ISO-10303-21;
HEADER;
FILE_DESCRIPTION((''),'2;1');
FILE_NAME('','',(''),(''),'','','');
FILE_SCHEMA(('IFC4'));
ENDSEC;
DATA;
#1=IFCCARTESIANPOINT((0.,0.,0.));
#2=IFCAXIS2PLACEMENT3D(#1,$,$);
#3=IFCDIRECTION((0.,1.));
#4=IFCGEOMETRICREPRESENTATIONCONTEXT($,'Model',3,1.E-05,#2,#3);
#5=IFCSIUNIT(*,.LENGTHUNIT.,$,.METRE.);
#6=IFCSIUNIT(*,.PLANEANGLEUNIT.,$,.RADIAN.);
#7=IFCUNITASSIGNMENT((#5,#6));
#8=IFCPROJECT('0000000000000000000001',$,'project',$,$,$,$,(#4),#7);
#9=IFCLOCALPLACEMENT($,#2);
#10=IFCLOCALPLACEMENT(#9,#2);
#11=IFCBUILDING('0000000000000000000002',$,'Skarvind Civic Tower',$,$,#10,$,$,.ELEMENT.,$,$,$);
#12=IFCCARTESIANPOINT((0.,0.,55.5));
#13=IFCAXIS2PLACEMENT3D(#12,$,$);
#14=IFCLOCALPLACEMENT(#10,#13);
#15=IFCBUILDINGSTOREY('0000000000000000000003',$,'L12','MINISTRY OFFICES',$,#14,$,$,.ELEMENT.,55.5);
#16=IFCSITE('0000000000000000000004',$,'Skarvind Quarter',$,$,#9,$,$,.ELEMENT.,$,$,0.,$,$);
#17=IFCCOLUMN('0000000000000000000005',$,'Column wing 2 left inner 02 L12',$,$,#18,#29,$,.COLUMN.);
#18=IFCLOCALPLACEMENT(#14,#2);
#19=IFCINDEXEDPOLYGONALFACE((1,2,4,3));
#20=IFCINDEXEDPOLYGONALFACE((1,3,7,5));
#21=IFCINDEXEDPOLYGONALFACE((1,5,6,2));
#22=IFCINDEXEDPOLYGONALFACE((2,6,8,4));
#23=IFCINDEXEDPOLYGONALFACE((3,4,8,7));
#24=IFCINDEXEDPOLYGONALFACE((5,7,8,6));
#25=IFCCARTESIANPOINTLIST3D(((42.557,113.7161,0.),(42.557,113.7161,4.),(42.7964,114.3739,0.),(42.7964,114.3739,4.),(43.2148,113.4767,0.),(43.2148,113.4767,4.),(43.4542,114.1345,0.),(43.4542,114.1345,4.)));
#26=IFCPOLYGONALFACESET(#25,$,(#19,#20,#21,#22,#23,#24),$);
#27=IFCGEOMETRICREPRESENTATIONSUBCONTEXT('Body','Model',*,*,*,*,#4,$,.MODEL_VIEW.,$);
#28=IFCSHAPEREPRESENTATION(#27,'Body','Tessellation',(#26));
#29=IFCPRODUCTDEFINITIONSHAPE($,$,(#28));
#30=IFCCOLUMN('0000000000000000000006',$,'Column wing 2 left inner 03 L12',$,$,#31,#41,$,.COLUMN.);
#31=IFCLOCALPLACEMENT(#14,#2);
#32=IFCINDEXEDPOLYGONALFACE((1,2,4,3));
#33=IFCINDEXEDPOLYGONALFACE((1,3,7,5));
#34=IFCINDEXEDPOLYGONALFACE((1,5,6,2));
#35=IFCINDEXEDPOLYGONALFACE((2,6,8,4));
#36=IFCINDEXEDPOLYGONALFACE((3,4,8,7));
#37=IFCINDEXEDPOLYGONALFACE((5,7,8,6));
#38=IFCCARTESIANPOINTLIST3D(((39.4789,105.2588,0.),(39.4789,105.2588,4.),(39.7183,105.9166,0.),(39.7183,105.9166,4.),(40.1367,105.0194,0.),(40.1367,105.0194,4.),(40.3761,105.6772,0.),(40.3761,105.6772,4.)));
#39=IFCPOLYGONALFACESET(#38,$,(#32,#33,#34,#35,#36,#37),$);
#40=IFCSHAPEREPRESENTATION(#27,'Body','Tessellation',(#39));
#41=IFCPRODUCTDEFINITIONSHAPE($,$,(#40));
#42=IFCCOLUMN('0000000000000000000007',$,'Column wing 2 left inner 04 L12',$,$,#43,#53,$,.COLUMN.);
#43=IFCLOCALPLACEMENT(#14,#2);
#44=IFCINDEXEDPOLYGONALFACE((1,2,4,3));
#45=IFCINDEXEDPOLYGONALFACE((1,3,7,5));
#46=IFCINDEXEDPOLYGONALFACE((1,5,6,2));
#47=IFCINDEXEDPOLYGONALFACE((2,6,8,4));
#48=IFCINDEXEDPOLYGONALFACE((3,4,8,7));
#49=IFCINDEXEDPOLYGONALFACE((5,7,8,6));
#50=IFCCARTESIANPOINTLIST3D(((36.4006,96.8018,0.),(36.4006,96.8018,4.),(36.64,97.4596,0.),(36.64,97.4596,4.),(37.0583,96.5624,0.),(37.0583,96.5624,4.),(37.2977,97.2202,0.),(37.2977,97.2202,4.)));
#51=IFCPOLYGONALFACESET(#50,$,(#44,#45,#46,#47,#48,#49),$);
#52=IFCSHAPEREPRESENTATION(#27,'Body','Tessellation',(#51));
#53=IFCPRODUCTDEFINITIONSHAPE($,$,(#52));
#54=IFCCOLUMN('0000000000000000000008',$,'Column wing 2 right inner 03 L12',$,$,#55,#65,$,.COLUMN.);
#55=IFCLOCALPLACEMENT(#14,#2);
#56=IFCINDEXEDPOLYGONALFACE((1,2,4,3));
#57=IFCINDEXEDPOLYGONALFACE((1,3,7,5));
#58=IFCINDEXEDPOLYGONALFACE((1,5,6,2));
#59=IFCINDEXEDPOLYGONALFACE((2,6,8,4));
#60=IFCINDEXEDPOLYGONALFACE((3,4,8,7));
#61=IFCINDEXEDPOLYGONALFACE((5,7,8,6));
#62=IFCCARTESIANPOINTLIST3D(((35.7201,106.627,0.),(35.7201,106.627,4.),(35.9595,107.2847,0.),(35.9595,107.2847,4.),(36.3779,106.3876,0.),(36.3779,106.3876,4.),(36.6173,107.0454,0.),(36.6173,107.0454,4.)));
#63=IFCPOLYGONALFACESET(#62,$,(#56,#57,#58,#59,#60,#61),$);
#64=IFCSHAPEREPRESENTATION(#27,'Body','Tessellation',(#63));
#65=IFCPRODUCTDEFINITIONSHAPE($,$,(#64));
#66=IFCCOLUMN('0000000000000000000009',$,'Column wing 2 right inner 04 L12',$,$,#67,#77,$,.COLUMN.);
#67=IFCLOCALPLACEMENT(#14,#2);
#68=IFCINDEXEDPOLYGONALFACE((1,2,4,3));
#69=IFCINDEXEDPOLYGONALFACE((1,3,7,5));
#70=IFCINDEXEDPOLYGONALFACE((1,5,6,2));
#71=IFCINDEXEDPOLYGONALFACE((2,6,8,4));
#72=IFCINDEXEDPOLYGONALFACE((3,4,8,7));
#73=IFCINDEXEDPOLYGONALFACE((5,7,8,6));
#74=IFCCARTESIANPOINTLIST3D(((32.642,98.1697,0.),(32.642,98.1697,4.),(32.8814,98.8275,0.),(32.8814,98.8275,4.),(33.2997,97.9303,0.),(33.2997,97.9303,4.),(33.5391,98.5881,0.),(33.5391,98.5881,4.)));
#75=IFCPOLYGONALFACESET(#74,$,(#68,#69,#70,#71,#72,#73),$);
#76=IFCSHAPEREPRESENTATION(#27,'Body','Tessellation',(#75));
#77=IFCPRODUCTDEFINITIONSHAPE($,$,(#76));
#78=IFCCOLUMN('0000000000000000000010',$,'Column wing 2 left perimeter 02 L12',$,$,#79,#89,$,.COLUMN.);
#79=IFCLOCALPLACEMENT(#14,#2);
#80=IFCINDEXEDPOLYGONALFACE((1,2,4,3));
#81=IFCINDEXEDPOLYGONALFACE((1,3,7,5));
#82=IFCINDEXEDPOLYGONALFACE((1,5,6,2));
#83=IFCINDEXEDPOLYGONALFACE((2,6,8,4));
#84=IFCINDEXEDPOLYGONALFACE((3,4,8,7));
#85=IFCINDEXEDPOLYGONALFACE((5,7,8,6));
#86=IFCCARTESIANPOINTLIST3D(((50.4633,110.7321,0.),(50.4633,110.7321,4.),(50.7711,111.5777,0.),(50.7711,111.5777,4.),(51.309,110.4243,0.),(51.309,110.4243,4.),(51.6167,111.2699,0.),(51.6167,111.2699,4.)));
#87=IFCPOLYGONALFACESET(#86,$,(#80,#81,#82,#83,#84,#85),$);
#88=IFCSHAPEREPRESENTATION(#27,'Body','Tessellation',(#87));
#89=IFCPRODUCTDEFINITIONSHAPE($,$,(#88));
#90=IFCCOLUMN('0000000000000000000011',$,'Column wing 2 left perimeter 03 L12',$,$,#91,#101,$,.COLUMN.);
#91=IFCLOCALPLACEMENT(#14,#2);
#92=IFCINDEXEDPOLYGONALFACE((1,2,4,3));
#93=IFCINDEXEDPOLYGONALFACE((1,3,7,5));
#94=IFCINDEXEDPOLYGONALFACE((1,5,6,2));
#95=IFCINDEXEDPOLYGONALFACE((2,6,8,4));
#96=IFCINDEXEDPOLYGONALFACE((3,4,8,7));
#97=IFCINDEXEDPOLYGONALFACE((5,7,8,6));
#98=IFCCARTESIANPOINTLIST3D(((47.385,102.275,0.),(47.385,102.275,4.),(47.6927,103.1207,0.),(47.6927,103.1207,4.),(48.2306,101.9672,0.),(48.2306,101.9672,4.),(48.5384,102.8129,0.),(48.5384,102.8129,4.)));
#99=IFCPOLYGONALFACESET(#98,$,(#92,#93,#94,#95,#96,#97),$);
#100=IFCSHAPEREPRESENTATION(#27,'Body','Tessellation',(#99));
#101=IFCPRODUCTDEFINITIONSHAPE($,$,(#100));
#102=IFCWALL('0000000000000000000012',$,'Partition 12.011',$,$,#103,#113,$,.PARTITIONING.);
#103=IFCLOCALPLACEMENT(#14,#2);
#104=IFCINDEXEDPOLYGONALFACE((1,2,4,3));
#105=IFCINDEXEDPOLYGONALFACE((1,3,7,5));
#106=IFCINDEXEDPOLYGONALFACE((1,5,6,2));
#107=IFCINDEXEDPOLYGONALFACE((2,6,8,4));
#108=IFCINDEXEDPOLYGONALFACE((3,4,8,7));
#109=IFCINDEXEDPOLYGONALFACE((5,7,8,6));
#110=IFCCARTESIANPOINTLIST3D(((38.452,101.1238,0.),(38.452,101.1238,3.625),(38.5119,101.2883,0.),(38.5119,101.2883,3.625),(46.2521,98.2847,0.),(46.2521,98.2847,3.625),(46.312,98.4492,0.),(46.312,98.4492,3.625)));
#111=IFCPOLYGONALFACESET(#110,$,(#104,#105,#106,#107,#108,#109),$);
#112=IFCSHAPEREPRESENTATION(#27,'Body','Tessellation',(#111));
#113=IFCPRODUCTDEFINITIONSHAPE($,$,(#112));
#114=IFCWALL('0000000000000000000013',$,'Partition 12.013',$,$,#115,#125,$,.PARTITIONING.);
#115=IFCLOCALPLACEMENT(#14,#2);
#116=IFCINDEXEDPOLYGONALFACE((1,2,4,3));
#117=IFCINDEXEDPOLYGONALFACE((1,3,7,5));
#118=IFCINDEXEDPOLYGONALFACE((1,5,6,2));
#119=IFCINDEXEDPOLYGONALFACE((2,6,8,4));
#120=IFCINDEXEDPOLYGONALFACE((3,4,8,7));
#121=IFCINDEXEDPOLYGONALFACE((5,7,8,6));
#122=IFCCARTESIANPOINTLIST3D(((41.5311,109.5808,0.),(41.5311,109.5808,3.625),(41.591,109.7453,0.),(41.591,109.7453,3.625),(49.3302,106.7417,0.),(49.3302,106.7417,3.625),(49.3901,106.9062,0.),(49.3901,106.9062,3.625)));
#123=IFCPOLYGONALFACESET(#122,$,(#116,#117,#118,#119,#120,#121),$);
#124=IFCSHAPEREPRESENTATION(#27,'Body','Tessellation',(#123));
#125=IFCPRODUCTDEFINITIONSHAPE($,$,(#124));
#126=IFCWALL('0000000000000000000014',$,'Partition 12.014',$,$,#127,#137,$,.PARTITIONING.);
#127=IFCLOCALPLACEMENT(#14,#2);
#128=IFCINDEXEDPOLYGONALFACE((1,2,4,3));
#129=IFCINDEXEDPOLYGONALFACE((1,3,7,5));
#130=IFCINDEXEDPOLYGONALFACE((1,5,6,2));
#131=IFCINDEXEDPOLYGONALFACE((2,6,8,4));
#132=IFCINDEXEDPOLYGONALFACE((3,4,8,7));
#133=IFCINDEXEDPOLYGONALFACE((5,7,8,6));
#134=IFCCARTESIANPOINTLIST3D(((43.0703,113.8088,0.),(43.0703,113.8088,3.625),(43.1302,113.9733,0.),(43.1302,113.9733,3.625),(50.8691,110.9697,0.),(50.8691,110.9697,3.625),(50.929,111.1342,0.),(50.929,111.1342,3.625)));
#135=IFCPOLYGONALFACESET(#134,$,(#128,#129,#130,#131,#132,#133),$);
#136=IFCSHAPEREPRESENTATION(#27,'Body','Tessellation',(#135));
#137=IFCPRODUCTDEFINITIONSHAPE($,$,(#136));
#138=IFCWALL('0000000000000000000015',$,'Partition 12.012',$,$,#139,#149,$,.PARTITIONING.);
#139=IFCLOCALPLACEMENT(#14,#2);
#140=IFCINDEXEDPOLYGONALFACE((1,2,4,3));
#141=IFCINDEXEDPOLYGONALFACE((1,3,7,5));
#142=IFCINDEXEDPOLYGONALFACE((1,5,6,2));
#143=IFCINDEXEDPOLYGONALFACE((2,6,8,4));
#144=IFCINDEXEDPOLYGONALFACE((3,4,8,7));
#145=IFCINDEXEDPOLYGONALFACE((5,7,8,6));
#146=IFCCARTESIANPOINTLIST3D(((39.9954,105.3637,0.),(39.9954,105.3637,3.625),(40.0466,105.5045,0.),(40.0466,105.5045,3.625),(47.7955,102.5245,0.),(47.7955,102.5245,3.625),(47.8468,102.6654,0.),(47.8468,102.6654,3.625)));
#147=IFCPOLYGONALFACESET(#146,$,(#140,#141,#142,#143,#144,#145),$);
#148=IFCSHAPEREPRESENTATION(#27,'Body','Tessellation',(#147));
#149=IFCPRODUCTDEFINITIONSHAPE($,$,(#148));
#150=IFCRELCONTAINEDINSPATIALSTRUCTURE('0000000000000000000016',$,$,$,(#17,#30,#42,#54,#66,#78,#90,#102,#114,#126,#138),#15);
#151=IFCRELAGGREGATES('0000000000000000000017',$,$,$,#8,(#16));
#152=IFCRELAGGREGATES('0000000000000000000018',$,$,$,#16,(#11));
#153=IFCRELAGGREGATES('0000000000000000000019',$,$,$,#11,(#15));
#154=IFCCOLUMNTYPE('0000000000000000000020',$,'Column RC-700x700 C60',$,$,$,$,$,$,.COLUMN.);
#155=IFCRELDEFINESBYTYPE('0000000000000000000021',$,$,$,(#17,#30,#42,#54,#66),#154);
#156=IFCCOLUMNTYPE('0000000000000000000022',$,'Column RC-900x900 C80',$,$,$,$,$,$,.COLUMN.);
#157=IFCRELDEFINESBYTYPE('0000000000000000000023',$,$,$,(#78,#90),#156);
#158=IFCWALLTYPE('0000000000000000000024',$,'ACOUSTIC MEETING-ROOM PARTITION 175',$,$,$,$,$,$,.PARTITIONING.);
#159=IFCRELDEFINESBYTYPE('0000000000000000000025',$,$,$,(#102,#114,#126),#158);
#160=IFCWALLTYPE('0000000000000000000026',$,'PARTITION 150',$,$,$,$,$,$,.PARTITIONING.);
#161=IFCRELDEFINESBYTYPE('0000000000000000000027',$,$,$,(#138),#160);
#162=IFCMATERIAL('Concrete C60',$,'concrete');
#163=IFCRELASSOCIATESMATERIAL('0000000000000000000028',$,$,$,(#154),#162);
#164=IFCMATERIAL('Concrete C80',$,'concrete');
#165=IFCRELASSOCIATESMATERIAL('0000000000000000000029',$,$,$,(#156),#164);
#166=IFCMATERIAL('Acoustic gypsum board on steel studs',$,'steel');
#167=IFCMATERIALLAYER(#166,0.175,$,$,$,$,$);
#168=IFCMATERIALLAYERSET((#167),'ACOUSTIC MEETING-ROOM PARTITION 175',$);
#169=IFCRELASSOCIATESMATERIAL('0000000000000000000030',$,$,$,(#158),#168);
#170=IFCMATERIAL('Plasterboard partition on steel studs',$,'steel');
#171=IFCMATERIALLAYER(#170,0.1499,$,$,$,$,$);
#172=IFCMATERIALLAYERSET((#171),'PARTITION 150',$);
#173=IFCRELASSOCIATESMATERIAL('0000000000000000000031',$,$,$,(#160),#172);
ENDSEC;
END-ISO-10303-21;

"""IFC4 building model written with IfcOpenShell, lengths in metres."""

from ifc_helpers import new_model, si_unit, direction, frame, frame_2d, origin, origin_2d, place, context, subcontext, project, spatial, rectangle, extrude, material, layer, layer_set, material_profile, profile_set, type_object, element, save


model = new_model("IFC4")

# Units and contexts
model_context = context("Model", 3, precision=1e-05, world=origin(), true_north=direction((0.0, 1.0)))
body_context = subcontext(model_context, "Body", "Model", "MODEL_VIEW")
ifc_project = project(units=[si_unit("LENGTHUNIT", "METRE"), si_unit("PLANEANGLEUNIT", "RADIAN")], contexts=[model_context])

# Site, building, storey
site_placement = place(None, origin())
site = spatial("IfcSite", under=ifc_project, at=site_placement, Name="Skarvind Quarter", CompositionType="ELEMENT", RefElevation=0.0)
building_placement = place(site_placement, origin())
building = spatial("IfcBuilding", under=site, at=building_placement, Name="Skarvind Civic Tower", CompositionType="ELEMENT")
storey_placement = place(building_placement, frame((0.0, 0.0, 55.5)))
storey = spatial("IfcBuildingStorey", under=building, at=storey_placement, Name="L12", Description="MINISTRY OFFICES", CompositionType="ELEMENT", Elevation=55.5)

# Columns
ifc_material_1 = material(Name="Concrete C60", Category="concrete")
ifc_material_profile_1 = material_profile(ifc_material_1, rectangle(XDim=0.7, YDim=0.7, at=origin_2d()), Name="RC-700x700")
ifc_profile_set_1 = profile_set([ifc_material_profile_1], Name="Concrete C60")
column_type_1 = type_object("IfcColumnType", Name="Column RC-700x700 C60", PredefinedType="COLUMN", material=ifc_profile_set_1)
for number, where, z_axis, x_axis, name in (
    (1, (43.0056, 113.9253, 0.0), (0.0, 0.0, 1.0), (-0.34202, -0.939693, 0.0), "Column wing 2 left inner 02 L12"),
    (2, (39.9275, 105.468, 0.0), (0.0, 0.0, 1.0), (-0.34202, -0.939693, 0.0), "Column wing 2 left inner 03 L12"),
    (3, (36.8491, 97.011, 0.0), (0.0, 0.0, 1.0), (-0.34202, -0.939693, 0.0), "Column wing 2 left inner 04 L12"),
    (4, (36.1687, 106.8362, 0.0), (0.0, 0.0, 1.0), (-0.34202, -0.939693, 0.0), "Column wing 2 right inner 03 L12"),
    (5, (33.0906, 98.3789, 0.0), (0.0, 0.0, 1.0), (-0.34202, -0.939693, 0.0), "Column wing 2 right inner 04 L12"),
):
    element("IfcColumn", number, at=place(storey_placement, frame(where, z_axis=z_axis, x_axis=x_axis)), inside=storey, type_object=column_type_1, Name=name, PredefinedType="COLUMN", context=body_context, shape_type="SweptSolid", body=[
        extrude(rectangle(XDim=0.7, YDim=0.7, at=origin_2d()), origin(), (0.0, 0.0, 1.0), 4.0),
    ])
ifc_material_2 = material(Name="Concrete C80", Category="concrete")
ifc_material_profile_2 = material_profile(ifc_material_2, rectangle(XDim=0.8999, YDim=0.8999, at=origin_2d()), Name="RC-900x900")
ifc_profile_set_2 = profile_set([ifc_material_profile_2], Name="Concrete C80")
column_type_2 = type_object("IfcColumnType", Name="Column RC-900x900 C80", PredefinedType="COLUMN", material=ifc_profile_set_2)
for number, where, z_axis, x_axis, name in (
    (6, (51.04, 111.001, 0.0), (0.0, 0.0, 1.0), (-0.34202, -0.939693, 0.0), "Column wing 2 left perimeter 02 L12"),
    (7, (47.9617, 102.5439, 0.0), (0.0, 0.0, 1.0), (-0.34202, -0.939693, 0.0), "Column wing 2 left perimeter 03 L12"),
):
    element("IfcColumn", number, at=place(storey_placement, frame(where, z_axis=z_axis, x_axis=x_axis)), inside=storey, type_object=column_type_2, Name=name, PredefinedType="COLUMN", context=body_context, shape_type="SweptSolid", body=[
        extrude(rectangle(XDim=0.8999, YDim=0.8999, at=origin_2d()), origin(), (0.0, 0.0, 1.0), 4.0),
    ])

# Walls
ifc_material_3 = material(Name="Acoustic gypsum board on steel studs", Category="steel")
ifc_layer_1 = layer(ifc_material_3, 0.175)
ifc_layer_set_1 = layer_set([ifc_layer_1], Name="ACOUSTIC MEETING-ROOM PARTITION 175")
wall_type_1 = type_object("IfcWallType", Name="ACOUSTIC MEETING-ROOM PARTITION 175", PredefinedType="PARTITIONING", material=ifc_layer_set_1)
wall_1_placement = place(storey_placement, frame((38.4819, 101.2061, 0.0), z_axis=(0.0, 0.0, 1.0), x_axis=(0.939688, -0.342034, 0.0)))
element("IfcWall", 8, at=wall_1_placement, inside=storey, type_object=wall_type_1, Name="Partition 12.011", PredefinedType="PARTITIONING", context=body_context, shape_type="SweptSolid", body=[
    extrude(rectangle(XDim=8.3008, YDim=0.175, at=frame_2d((4.1504, 0.0))), origin(), (0.0, 0.0, 1.0), 3.625),
])
wall_2_placement = place(storey_placement, frame((41.561, 109.6631, 0.0), z_axis=(0.0, 0.0, 1.0), x_axis=(0.939674, -0.342071, 0.0)))
element("IfcWall", 9, at=wall_2_placement, inside=storey, type_object=wall_type_1, Name="Partition 12.013", PredefinedType="PARTITIONING", context=body_context, shape_type="SweptSolid", body=[
    extrude(rectangle(XDim=8.2998, YDim=0.175, at=frame_2d((4.1499, 0.0))), origin(), (0.0, 0.0, 1.0), 3.625),
])
wall_3_placement = place(storey_placement, frame((43.1001, 113.8911, 0.0), z_axis=(0.0, 0.0, 1.0), x_axis=(0.939671, -0.342081, 0.0)))
element("IfcWall", 10, at=wall_3_placement, inside=storey, type_object=wall_type_1, Name="Partition 12.014", PredefinedType="PARTITIONING", context=body_context, shape_type="SweptSolid", body=[
    extrude(rectangle(XDim=8.2996, YDim=0.175, at=frame_2d((4.1499, 0.0))), origin(), (0.0, 0.0, 1.0), 3.625),
])
ifc_material_4 = material(Name="Plasterboard partition on steel studs", Category="steel")
ifc_layer_2 = layer(ifc_material_4, 0.1499)
ifc_layer_set_2 = layer_set([ifc_layer_2], Name="PARTITION 150")
wall_type_2 = type_object("IfcWallType", Name="PARTITION 150", PredefinedType="PARTITIONING", material=ifc_layer_set_2)
wall_4_placement = place(storey_placement, frame((40.021, 105.4341, 0.0), z_axis=(0.0, 0.0, 1.0), x_axis=(0.939688, -0.342034, 0.0)))
element("IfcWall", 11, at=wall_4_placement, inside=storey, type_object=wall_type_2, Name="Partition 12.012", PredefinedType="PARTITIONING", context=body_context, shape_type="SweptSolid", body=[
    extrude(rectangle(XDim=8.3008, YDim=0.1499, at=frame_2d((4.1504, 0.0))), origin(), (0.0, 0.0, 1.0), 3.625),
])

save(model, "model.ifc")
